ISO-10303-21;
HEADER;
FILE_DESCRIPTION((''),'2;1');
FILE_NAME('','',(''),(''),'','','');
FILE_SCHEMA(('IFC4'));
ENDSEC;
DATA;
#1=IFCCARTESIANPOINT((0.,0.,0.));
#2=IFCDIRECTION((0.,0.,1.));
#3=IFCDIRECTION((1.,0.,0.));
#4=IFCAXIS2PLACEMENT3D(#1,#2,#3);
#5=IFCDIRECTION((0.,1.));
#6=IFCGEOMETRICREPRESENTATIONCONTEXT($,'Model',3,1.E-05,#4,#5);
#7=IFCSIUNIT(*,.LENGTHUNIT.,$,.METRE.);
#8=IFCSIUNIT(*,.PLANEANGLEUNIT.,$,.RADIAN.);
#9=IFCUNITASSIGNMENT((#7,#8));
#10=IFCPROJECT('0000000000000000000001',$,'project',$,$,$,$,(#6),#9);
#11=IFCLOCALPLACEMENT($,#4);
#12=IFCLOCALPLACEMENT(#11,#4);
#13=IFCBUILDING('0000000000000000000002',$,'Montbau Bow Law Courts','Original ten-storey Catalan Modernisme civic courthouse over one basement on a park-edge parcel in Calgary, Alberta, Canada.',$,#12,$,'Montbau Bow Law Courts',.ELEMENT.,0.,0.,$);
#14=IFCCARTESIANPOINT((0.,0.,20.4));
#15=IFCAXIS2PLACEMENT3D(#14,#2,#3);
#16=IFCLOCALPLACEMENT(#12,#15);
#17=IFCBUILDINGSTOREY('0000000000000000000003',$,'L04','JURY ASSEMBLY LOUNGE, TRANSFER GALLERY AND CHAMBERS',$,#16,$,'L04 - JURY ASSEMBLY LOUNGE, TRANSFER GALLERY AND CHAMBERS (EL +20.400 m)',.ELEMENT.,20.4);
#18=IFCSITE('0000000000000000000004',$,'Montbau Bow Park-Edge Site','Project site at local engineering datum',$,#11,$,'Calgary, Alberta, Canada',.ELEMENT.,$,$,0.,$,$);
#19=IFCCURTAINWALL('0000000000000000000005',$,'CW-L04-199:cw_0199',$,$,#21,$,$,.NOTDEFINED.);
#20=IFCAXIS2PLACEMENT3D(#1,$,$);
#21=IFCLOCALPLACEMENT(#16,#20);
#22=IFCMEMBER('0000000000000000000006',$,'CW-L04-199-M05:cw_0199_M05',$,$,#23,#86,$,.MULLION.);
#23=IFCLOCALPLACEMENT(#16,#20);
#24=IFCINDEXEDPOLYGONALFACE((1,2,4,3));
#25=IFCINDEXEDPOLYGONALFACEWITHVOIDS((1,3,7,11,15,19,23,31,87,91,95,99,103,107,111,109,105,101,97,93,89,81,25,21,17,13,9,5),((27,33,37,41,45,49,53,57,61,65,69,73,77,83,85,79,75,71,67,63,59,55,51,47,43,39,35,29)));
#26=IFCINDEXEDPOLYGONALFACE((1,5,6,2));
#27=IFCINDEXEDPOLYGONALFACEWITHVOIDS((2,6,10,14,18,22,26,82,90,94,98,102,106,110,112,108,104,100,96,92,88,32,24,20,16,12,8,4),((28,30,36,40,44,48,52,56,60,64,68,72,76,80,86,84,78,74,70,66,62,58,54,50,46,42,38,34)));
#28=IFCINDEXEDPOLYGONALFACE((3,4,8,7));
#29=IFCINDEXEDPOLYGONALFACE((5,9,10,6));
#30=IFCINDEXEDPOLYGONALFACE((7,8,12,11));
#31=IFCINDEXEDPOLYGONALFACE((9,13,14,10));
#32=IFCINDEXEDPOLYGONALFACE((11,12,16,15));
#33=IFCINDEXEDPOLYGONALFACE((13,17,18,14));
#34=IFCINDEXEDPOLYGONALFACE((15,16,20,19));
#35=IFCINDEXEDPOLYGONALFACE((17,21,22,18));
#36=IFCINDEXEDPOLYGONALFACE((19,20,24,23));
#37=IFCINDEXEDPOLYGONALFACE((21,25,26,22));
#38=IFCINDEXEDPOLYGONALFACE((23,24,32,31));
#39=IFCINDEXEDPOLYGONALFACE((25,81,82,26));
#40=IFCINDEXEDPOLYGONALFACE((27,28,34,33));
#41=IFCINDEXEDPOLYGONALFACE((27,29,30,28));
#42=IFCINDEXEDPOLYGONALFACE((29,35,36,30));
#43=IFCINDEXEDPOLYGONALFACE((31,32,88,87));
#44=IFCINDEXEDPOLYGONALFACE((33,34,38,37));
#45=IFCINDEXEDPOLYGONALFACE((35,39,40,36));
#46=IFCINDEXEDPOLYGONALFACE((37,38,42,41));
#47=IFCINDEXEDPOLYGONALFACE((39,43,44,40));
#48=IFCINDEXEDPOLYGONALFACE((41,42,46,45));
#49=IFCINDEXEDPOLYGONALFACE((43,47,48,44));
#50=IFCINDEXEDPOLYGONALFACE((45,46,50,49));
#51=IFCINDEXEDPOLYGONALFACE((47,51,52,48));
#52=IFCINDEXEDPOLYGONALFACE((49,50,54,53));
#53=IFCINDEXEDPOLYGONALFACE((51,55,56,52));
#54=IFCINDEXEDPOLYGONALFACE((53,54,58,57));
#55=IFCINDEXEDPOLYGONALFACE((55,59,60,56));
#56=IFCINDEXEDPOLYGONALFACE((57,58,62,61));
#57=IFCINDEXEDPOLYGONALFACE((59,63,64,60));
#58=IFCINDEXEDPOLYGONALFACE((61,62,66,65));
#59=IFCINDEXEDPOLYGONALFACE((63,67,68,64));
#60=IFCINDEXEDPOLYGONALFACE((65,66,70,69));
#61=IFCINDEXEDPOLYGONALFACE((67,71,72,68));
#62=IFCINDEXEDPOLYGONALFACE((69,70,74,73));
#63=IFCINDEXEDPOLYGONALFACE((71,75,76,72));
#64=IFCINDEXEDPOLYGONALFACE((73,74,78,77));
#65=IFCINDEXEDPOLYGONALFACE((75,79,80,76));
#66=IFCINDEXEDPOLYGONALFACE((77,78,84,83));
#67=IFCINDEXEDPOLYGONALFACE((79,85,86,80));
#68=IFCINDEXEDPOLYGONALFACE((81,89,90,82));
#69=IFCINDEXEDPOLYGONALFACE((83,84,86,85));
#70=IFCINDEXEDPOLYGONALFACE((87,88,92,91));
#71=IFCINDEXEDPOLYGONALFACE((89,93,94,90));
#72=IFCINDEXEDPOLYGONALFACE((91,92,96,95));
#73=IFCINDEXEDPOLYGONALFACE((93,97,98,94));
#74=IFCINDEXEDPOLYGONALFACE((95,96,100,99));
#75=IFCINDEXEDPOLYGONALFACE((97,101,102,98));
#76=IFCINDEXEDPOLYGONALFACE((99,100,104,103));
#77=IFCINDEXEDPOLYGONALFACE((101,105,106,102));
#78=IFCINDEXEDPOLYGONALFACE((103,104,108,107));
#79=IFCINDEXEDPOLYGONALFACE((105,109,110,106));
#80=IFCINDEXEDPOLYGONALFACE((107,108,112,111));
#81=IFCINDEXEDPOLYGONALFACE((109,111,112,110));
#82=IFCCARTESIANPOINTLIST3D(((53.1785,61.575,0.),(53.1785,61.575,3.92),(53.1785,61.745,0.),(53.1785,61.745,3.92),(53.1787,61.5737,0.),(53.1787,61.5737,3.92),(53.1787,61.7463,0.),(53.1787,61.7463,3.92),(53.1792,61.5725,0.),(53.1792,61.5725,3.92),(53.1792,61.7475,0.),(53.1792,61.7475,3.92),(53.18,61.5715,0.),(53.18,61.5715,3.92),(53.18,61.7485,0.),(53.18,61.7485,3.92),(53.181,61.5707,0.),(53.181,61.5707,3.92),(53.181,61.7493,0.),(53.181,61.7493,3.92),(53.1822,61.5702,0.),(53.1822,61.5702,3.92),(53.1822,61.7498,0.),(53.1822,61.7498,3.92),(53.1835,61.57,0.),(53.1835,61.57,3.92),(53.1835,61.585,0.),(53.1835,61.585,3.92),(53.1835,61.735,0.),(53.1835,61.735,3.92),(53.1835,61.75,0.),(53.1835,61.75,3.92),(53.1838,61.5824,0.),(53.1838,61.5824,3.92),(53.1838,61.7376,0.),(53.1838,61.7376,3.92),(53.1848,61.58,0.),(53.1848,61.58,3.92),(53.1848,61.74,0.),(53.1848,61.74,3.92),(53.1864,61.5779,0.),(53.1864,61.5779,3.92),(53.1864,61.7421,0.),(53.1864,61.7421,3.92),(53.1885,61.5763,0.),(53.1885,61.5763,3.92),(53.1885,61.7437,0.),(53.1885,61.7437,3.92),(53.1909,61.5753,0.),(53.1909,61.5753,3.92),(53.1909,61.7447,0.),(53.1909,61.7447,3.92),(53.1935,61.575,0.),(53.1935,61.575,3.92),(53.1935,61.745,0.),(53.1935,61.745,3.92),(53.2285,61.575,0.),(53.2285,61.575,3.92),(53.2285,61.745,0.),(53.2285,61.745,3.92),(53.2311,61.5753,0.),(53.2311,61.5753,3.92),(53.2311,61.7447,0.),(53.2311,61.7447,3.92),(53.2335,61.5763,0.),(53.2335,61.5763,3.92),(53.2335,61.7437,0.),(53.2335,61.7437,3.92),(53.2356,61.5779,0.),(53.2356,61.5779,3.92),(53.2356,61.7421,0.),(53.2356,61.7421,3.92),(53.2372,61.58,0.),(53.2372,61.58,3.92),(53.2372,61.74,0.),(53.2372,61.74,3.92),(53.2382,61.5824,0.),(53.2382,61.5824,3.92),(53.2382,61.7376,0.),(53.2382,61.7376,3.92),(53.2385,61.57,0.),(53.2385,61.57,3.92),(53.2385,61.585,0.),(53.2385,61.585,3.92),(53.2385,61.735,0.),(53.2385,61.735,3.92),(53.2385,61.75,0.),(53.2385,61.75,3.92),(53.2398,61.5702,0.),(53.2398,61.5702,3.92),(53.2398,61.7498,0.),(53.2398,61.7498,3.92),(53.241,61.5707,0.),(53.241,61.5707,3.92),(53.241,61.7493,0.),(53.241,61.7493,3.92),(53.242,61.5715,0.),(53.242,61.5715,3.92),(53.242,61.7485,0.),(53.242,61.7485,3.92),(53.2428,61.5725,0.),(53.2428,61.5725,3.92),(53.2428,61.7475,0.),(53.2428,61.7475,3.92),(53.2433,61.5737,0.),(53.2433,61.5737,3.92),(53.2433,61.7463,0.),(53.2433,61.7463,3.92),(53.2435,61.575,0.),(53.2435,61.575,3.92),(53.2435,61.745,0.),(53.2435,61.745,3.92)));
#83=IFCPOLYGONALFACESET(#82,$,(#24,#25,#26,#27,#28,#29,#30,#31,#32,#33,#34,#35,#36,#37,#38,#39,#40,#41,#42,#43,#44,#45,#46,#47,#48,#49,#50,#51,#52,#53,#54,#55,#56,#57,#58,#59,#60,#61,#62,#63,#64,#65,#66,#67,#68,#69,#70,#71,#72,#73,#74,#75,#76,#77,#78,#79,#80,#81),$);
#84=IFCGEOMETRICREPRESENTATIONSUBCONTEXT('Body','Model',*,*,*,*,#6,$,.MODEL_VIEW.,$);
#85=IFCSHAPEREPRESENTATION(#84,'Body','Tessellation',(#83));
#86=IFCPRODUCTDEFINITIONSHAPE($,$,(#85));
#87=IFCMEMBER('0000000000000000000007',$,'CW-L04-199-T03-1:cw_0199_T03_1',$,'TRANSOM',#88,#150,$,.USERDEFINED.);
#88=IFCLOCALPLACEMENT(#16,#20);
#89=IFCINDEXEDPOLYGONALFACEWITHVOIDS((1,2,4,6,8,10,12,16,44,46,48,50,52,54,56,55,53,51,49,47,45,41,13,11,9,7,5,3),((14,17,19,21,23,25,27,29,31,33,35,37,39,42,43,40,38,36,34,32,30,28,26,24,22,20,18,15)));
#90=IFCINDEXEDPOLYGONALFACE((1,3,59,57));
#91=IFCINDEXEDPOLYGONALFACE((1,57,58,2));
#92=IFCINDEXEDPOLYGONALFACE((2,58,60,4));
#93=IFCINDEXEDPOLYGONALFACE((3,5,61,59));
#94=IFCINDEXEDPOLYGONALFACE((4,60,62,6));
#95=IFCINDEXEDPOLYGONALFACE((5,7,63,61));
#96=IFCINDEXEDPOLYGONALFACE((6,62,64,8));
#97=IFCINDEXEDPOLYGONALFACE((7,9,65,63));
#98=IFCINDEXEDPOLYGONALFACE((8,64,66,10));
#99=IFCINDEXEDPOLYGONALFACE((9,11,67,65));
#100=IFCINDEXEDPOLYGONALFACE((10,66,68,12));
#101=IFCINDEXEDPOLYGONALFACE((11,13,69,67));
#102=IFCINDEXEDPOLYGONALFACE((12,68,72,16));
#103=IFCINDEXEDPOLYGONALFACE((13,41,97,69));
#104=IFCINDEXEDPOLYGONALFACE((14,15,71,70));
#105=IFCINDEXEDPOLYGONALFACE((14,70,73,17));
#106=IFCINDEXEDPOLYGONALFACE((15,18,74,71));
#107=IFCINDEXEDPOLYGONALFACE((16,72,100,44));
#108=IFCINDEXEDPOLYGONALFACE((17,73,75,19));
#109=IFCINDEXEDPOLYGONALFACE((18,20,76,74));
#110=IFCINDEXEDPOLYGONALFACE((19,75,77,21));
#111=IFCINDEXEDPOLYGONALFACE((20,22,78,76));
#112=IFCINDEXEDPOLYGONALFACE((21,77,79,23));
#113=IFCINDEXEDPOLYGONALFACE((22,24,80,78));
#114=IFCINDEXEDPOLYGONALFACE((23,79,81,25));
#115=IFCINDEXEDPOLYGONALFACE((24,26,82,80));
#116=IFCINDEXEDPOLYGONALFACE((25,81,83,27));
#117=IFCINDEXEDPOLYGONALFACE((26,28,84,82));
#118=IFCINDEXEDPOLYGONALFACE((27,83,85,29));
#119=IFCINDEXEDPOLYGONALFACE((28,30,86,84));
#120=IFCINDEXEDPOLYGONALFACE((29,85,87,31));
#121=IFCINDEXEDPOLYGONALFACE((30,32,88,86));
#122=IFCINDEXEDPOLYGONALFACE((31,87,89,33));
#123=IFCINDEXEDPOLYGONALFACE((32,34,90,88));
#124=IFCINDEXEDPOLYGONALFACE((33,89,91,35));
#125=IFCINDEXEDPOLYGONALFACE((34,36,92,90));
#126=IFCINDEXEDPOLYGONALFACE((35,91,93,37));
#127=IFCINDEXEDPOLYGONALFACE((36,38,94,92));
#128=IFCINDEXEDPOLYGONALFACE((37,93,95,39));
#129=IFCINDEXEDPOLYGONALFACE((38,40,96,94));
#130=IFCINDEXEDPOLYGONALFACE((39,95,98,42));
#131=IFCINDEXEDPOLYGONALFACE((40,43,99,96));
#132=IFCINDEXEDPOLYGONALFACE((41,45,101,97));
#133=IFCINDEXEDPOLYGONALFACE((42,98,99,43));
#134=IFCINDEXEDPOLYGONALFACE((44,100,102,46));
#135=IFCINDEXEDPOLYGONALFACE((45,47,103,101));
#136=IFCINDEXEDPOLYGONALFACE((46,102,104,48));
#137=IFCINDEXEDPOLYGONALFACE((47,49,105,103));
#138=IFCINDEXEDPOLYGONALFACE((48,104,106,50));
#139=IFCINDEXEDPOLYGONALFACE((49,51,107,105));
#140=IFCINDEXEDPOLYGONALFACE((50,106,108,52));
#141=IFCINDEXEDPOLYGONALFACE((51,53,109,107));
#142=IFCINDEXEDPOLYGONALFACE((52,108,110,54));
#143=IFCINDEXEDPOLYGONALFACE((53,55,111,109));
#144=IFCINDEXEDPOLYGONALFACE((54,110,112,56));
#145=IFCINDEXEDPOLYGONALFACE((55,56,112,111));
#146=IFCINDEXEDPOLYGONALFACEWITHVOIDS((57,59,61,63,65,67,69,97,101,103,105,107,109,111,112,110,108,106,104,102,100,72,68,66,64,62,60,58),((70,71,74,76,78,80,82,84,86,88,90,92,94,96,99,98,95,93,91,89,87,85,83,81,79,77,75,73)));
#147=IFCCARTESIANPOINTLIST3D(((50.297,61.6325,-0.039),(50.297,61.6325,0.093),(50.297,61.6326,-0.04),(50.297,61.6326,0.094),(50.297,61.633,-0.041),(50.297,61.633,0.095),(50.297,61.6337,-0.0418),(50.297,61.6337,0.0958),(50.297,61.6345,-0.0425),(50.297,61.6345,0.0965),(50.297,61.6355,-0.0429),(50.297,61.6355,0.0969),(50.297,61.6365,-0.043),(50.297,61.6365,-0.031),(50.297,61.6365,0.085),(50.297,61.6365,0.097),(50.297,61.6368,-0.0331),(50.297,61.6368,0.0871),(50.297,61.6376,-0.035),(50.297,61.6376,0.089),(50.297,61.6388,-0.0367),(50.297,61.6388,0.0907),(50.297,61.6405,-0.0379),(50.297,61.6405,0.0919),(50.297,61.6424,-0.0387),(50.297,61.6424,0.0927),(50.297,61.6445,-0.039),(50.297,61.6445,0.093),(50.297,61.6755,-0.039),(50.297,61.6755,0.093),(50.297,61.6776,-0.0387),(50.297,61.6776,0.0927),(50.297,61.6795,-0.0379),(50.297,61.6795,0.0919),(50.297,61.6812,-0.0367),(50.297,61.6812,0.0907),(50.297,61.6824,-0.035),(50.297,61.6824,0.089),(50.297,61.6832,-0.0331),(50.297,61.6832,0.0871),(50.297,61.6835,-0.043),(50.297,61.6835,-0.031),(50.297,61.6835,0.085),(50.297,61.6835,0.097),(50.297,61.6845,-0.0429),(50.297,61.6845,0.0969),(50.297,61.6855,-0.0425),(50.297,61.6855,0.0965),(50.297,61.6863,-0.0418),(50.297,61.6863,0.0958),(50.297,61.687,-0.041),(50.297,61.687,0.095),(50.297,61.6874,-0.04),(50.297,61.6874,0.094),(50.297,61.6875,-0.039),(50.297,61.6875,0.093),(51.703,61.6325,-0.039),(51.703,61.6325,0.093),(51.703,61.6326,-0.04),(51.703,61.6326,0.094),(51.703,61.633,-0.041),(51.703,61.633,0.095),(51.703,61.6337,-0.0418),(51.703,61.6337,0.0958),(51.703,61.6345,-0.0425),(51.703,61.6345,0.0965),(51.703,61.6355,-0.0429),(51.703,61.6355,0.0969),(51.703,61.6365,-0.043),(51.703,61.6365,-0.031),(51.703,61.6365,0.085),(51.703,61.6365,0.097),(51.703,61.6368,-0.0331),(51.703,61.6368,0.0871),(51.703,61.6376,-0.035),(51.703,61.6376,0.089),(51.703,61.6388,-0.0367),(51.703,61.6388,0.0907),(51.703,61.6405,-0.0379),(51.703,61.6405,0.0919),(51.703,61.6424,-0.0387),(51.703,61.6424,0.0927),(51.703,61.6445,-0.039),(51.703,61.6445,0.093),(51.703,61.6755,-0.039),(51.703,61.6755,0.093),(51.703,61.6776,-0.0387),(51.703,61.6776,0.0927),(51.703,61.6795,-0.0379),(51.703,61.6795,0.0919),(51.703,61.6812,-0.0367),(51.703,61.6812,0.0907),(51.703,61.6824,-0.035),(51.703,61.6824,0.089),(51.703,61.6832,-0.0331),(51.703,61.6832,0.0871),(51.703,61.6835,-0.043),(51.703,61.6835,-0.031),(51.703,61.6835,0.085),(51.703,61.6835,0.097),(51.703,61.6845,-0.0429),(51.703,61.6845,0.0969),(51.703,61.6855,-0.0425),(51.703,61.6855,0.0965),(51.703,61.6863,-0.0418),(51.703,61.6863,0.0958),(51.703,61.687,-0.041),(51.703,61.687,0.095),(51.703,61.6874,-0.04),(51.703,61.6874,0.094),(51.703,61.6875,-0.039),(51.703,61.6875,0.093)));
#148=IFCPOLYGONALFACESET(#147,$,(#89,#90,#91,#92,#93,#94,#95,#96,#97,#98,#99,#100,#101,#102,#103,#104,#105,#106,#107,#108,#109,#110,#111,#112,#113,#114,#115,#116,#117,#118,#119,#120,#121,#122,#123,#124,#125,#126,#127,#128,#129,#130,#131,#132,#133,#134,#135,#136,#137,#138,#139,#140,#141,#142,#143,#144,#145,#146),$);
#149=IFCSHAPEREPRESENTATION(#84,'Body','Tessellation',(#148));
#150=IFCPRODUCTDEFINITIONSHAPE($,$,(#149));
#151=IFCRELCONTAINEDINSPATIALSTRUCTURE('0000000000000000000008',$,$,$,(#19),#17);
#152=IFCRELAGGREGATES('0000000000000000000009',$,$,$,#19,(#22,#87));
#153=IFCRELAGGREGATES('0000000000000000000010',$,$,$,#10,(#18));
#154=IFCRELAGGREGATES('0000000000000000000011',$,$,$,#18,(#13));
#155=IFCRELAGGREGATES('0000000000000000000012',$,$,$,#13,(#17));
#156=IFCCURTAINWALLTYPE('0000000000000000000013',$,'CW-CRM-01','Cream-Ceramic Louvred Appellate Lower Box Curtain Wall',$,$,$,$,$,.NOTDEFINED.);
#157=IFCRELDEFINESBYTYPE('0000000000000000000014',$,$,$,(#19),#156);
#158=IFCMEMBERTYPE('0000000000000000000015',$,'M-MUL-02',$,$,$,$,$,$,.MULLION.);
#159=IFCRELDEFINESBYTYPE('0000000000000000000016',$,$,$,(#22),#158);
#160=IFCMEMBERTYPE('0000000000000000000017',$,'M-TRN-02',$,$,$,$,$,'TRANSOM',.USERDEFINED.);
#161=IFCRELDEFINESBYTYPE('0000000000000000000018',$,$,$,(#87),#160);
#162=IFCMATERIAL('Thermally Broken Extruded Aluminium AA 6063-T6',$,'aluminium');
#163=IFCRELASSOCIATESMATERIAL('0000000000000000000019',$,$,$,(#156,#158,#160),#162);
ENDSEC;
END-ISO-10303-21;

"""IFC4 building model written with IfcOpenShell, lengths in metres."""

from ifc_helpers import new_model, si_unit, direction, frame, origin_with_axes, origin_2d_with_axis, place, context, subcontext, project, spatial, hollow_rectangle, extrude, material, material_profile, profile_set, type_object, element, aggregate, save


model = new_model("IFC4")

# Units and contexts
model_context = context("Model", 3, precision=1e-05, world=origin_with_axes(), true_north=direction((0.0, 1.0)))
body_context = subcontext(model_context, "Body", "Model", "MODEL_VIEW")
ifc_project = project(units=[si_unit("LENGTHUNIT", "METRE"), si_unit("PLANEANGLEUNIT", "RADIAN")], contexts=[model_context])

# Site, building, storey
site_placement = place(None, origin_with_axes())
site = spatial("IfcSite", under=ifc_project, at=site_placement, Name="Montbau Bow Park-Edge Site", Description="Project site at local engineering datum", LongName="Calgary, Alberta, Canada", CompositionType="ELEMENT", RefElevation=0.0)
building_placement = place(site_placement, origin_with_axes())
building = spatial("IfcBuilding", under=site, at=building_placement, Name="Montbau Bow Law Courts", Description="Original ten-storey Catalan Modernisme civic courthouse over one basement on a park-edge parcel in Calgary, Alberta, Canada.", LongName="Montbau Bow Law Courts", CompositionType="ELEMENT", ElevationOfRefHeight=0.0, ElevationOfTerrain=0.0)
storey_placement = place(building_placement, frame((0.0, 0.0, 20.4), z_axis=(0.0, 0.0, 1.0), x_axis=(1.0, 0.0, 0.0)))
storey = spatial("IfcBuildingStorey", under=building, at=storey_placement, Name="L04", Description="JURY ASSEMBLY LOUNGE, TRANSFER GALLERY AND CHAMBERS", LongName="L04 - JURY ASSEMBLY LOUNGE, TRANSFER GALLERY AND CHAMBERS (EL +20.400 m)", CompositionType="ELEMENT", Elevation=20.4)

# Curtain wall, members
ifc_material_1 = material(Name="Thermally Broken Extruded Aluminium AA 6063-T6", Category="aluminium")
curtain_wall_type = type_object("IfcCurtainWallType", Name="CW-CRM-01", Description="Cream-Ceramic Louvred Appellate Lower Box Curtain Wall", PredefinedType="NOTDEFINED", material=ifc_material_1)
curtain_wall_placement = place(None, frame((47.315, 61.66, 20.4), z_axis=(0.0, 0.0, 1.0), x_axis=(1.0, 0.0, 0.0)))
curtain_wall = element("IfcCurtainWall", 1, at=curtain_wall_placement, inside=storey, type_object=curtain_wall_type, Name="CW-L04-199:cw_0199", PredefinedType="NOTDEFINED")
ifc_material_profile_1 = material_profile(ifc_material_1, hollow_rectangle(XDim=0.065, YDim=0.18, WallThickness=0.005, InnerFilletRadius=0.01, OuterFilletRadius=0.005, at=origin_2d_with_axis()), Name="CWM-180X65", Category="Main", Priority=0)
ifc_profile_set_1 = profile_set([ifc_material_profile_1], Name="Thermally Broken Extruded Aluminium AA 6063-T6")
member_type_1 = type_object("IfcMemberType", Name="M-MUL-02", PredefinedType="MULLION", material=ifc_profile_set_1)
member_1_placement = place(None, frame((53.211, 61.66, 20.4), z_axis=(0.0, 0.0, 1.0), x_axis=(1.0, 0.0, 0.0)))
member_1 = element("IfcMember", 2, at=member_1_placement, type_object=member_type_1, Name="CW-L04-199-M05:cw_0199_M05", PredefinedType="MULLION", context=body_context, shape_type="SweptSolid", body=[
    extrude(hollow_rectangle(XDim=0.065, YDim=0.18, WallThickness=0.005, InnerFilletRadius=0.01, OuterFilletRadius=0.005, at=origin_2d_with_axis()), origin_with_axes(), (0.0, 0.0, 1.0), 3.92),
])
ifc_material_profile_2 = material_profile(ifc_material_1, hollow_rectangle(XDim=0.055, YDim=0.14, WallThickness=0.004, InnerFilletRadius=0.008, OuterFilletRadius=0.004, at=origin_2d_with_axis()), Name="CWT-140X55", Category="Main", Priority=0)
ifc_profile_set_2 = profile_set([ifc_material_profile_2], Name="Thermally Broken Extruded Aluminium AA 6063-T6")
member_type_2 = type_object("IfcMemberType", Name="M-TRN-02", ElementType="TRANSOM", PredefinedType="USERDEFINED", material=ifc_profile_set_2)
member_2_placement = place(None, frame((50.297, 61.66, 20.427), z_axis=(1.0, 0.0, 0.0), x_axis=(0.0, 1.0, 0.0)))
member_2 = element("IfcMember", 3, at=member_2_placement, type_object=member_type_2, Name="CW-L04-199-T03-1:cw_0199_T03_1", ObjectType="TRANSOM", PredefinedType="USERDEFINED", context=body_context, shape_type="SweptSolid", body=[
    extrude(hollow_rectangle(XDim=0.055, YDim=0.14, WallThickness=0.004, InnerFilletRadius=0.008, OuterFilletRadius=0.004, at=origin_2d_with_axis()), origin_with_axes(), (0.0, 0.0, 1.0), 1.406),
])
aggregate(curtain_wall, [member_1, member_2])

save(model, "model.ifc")
